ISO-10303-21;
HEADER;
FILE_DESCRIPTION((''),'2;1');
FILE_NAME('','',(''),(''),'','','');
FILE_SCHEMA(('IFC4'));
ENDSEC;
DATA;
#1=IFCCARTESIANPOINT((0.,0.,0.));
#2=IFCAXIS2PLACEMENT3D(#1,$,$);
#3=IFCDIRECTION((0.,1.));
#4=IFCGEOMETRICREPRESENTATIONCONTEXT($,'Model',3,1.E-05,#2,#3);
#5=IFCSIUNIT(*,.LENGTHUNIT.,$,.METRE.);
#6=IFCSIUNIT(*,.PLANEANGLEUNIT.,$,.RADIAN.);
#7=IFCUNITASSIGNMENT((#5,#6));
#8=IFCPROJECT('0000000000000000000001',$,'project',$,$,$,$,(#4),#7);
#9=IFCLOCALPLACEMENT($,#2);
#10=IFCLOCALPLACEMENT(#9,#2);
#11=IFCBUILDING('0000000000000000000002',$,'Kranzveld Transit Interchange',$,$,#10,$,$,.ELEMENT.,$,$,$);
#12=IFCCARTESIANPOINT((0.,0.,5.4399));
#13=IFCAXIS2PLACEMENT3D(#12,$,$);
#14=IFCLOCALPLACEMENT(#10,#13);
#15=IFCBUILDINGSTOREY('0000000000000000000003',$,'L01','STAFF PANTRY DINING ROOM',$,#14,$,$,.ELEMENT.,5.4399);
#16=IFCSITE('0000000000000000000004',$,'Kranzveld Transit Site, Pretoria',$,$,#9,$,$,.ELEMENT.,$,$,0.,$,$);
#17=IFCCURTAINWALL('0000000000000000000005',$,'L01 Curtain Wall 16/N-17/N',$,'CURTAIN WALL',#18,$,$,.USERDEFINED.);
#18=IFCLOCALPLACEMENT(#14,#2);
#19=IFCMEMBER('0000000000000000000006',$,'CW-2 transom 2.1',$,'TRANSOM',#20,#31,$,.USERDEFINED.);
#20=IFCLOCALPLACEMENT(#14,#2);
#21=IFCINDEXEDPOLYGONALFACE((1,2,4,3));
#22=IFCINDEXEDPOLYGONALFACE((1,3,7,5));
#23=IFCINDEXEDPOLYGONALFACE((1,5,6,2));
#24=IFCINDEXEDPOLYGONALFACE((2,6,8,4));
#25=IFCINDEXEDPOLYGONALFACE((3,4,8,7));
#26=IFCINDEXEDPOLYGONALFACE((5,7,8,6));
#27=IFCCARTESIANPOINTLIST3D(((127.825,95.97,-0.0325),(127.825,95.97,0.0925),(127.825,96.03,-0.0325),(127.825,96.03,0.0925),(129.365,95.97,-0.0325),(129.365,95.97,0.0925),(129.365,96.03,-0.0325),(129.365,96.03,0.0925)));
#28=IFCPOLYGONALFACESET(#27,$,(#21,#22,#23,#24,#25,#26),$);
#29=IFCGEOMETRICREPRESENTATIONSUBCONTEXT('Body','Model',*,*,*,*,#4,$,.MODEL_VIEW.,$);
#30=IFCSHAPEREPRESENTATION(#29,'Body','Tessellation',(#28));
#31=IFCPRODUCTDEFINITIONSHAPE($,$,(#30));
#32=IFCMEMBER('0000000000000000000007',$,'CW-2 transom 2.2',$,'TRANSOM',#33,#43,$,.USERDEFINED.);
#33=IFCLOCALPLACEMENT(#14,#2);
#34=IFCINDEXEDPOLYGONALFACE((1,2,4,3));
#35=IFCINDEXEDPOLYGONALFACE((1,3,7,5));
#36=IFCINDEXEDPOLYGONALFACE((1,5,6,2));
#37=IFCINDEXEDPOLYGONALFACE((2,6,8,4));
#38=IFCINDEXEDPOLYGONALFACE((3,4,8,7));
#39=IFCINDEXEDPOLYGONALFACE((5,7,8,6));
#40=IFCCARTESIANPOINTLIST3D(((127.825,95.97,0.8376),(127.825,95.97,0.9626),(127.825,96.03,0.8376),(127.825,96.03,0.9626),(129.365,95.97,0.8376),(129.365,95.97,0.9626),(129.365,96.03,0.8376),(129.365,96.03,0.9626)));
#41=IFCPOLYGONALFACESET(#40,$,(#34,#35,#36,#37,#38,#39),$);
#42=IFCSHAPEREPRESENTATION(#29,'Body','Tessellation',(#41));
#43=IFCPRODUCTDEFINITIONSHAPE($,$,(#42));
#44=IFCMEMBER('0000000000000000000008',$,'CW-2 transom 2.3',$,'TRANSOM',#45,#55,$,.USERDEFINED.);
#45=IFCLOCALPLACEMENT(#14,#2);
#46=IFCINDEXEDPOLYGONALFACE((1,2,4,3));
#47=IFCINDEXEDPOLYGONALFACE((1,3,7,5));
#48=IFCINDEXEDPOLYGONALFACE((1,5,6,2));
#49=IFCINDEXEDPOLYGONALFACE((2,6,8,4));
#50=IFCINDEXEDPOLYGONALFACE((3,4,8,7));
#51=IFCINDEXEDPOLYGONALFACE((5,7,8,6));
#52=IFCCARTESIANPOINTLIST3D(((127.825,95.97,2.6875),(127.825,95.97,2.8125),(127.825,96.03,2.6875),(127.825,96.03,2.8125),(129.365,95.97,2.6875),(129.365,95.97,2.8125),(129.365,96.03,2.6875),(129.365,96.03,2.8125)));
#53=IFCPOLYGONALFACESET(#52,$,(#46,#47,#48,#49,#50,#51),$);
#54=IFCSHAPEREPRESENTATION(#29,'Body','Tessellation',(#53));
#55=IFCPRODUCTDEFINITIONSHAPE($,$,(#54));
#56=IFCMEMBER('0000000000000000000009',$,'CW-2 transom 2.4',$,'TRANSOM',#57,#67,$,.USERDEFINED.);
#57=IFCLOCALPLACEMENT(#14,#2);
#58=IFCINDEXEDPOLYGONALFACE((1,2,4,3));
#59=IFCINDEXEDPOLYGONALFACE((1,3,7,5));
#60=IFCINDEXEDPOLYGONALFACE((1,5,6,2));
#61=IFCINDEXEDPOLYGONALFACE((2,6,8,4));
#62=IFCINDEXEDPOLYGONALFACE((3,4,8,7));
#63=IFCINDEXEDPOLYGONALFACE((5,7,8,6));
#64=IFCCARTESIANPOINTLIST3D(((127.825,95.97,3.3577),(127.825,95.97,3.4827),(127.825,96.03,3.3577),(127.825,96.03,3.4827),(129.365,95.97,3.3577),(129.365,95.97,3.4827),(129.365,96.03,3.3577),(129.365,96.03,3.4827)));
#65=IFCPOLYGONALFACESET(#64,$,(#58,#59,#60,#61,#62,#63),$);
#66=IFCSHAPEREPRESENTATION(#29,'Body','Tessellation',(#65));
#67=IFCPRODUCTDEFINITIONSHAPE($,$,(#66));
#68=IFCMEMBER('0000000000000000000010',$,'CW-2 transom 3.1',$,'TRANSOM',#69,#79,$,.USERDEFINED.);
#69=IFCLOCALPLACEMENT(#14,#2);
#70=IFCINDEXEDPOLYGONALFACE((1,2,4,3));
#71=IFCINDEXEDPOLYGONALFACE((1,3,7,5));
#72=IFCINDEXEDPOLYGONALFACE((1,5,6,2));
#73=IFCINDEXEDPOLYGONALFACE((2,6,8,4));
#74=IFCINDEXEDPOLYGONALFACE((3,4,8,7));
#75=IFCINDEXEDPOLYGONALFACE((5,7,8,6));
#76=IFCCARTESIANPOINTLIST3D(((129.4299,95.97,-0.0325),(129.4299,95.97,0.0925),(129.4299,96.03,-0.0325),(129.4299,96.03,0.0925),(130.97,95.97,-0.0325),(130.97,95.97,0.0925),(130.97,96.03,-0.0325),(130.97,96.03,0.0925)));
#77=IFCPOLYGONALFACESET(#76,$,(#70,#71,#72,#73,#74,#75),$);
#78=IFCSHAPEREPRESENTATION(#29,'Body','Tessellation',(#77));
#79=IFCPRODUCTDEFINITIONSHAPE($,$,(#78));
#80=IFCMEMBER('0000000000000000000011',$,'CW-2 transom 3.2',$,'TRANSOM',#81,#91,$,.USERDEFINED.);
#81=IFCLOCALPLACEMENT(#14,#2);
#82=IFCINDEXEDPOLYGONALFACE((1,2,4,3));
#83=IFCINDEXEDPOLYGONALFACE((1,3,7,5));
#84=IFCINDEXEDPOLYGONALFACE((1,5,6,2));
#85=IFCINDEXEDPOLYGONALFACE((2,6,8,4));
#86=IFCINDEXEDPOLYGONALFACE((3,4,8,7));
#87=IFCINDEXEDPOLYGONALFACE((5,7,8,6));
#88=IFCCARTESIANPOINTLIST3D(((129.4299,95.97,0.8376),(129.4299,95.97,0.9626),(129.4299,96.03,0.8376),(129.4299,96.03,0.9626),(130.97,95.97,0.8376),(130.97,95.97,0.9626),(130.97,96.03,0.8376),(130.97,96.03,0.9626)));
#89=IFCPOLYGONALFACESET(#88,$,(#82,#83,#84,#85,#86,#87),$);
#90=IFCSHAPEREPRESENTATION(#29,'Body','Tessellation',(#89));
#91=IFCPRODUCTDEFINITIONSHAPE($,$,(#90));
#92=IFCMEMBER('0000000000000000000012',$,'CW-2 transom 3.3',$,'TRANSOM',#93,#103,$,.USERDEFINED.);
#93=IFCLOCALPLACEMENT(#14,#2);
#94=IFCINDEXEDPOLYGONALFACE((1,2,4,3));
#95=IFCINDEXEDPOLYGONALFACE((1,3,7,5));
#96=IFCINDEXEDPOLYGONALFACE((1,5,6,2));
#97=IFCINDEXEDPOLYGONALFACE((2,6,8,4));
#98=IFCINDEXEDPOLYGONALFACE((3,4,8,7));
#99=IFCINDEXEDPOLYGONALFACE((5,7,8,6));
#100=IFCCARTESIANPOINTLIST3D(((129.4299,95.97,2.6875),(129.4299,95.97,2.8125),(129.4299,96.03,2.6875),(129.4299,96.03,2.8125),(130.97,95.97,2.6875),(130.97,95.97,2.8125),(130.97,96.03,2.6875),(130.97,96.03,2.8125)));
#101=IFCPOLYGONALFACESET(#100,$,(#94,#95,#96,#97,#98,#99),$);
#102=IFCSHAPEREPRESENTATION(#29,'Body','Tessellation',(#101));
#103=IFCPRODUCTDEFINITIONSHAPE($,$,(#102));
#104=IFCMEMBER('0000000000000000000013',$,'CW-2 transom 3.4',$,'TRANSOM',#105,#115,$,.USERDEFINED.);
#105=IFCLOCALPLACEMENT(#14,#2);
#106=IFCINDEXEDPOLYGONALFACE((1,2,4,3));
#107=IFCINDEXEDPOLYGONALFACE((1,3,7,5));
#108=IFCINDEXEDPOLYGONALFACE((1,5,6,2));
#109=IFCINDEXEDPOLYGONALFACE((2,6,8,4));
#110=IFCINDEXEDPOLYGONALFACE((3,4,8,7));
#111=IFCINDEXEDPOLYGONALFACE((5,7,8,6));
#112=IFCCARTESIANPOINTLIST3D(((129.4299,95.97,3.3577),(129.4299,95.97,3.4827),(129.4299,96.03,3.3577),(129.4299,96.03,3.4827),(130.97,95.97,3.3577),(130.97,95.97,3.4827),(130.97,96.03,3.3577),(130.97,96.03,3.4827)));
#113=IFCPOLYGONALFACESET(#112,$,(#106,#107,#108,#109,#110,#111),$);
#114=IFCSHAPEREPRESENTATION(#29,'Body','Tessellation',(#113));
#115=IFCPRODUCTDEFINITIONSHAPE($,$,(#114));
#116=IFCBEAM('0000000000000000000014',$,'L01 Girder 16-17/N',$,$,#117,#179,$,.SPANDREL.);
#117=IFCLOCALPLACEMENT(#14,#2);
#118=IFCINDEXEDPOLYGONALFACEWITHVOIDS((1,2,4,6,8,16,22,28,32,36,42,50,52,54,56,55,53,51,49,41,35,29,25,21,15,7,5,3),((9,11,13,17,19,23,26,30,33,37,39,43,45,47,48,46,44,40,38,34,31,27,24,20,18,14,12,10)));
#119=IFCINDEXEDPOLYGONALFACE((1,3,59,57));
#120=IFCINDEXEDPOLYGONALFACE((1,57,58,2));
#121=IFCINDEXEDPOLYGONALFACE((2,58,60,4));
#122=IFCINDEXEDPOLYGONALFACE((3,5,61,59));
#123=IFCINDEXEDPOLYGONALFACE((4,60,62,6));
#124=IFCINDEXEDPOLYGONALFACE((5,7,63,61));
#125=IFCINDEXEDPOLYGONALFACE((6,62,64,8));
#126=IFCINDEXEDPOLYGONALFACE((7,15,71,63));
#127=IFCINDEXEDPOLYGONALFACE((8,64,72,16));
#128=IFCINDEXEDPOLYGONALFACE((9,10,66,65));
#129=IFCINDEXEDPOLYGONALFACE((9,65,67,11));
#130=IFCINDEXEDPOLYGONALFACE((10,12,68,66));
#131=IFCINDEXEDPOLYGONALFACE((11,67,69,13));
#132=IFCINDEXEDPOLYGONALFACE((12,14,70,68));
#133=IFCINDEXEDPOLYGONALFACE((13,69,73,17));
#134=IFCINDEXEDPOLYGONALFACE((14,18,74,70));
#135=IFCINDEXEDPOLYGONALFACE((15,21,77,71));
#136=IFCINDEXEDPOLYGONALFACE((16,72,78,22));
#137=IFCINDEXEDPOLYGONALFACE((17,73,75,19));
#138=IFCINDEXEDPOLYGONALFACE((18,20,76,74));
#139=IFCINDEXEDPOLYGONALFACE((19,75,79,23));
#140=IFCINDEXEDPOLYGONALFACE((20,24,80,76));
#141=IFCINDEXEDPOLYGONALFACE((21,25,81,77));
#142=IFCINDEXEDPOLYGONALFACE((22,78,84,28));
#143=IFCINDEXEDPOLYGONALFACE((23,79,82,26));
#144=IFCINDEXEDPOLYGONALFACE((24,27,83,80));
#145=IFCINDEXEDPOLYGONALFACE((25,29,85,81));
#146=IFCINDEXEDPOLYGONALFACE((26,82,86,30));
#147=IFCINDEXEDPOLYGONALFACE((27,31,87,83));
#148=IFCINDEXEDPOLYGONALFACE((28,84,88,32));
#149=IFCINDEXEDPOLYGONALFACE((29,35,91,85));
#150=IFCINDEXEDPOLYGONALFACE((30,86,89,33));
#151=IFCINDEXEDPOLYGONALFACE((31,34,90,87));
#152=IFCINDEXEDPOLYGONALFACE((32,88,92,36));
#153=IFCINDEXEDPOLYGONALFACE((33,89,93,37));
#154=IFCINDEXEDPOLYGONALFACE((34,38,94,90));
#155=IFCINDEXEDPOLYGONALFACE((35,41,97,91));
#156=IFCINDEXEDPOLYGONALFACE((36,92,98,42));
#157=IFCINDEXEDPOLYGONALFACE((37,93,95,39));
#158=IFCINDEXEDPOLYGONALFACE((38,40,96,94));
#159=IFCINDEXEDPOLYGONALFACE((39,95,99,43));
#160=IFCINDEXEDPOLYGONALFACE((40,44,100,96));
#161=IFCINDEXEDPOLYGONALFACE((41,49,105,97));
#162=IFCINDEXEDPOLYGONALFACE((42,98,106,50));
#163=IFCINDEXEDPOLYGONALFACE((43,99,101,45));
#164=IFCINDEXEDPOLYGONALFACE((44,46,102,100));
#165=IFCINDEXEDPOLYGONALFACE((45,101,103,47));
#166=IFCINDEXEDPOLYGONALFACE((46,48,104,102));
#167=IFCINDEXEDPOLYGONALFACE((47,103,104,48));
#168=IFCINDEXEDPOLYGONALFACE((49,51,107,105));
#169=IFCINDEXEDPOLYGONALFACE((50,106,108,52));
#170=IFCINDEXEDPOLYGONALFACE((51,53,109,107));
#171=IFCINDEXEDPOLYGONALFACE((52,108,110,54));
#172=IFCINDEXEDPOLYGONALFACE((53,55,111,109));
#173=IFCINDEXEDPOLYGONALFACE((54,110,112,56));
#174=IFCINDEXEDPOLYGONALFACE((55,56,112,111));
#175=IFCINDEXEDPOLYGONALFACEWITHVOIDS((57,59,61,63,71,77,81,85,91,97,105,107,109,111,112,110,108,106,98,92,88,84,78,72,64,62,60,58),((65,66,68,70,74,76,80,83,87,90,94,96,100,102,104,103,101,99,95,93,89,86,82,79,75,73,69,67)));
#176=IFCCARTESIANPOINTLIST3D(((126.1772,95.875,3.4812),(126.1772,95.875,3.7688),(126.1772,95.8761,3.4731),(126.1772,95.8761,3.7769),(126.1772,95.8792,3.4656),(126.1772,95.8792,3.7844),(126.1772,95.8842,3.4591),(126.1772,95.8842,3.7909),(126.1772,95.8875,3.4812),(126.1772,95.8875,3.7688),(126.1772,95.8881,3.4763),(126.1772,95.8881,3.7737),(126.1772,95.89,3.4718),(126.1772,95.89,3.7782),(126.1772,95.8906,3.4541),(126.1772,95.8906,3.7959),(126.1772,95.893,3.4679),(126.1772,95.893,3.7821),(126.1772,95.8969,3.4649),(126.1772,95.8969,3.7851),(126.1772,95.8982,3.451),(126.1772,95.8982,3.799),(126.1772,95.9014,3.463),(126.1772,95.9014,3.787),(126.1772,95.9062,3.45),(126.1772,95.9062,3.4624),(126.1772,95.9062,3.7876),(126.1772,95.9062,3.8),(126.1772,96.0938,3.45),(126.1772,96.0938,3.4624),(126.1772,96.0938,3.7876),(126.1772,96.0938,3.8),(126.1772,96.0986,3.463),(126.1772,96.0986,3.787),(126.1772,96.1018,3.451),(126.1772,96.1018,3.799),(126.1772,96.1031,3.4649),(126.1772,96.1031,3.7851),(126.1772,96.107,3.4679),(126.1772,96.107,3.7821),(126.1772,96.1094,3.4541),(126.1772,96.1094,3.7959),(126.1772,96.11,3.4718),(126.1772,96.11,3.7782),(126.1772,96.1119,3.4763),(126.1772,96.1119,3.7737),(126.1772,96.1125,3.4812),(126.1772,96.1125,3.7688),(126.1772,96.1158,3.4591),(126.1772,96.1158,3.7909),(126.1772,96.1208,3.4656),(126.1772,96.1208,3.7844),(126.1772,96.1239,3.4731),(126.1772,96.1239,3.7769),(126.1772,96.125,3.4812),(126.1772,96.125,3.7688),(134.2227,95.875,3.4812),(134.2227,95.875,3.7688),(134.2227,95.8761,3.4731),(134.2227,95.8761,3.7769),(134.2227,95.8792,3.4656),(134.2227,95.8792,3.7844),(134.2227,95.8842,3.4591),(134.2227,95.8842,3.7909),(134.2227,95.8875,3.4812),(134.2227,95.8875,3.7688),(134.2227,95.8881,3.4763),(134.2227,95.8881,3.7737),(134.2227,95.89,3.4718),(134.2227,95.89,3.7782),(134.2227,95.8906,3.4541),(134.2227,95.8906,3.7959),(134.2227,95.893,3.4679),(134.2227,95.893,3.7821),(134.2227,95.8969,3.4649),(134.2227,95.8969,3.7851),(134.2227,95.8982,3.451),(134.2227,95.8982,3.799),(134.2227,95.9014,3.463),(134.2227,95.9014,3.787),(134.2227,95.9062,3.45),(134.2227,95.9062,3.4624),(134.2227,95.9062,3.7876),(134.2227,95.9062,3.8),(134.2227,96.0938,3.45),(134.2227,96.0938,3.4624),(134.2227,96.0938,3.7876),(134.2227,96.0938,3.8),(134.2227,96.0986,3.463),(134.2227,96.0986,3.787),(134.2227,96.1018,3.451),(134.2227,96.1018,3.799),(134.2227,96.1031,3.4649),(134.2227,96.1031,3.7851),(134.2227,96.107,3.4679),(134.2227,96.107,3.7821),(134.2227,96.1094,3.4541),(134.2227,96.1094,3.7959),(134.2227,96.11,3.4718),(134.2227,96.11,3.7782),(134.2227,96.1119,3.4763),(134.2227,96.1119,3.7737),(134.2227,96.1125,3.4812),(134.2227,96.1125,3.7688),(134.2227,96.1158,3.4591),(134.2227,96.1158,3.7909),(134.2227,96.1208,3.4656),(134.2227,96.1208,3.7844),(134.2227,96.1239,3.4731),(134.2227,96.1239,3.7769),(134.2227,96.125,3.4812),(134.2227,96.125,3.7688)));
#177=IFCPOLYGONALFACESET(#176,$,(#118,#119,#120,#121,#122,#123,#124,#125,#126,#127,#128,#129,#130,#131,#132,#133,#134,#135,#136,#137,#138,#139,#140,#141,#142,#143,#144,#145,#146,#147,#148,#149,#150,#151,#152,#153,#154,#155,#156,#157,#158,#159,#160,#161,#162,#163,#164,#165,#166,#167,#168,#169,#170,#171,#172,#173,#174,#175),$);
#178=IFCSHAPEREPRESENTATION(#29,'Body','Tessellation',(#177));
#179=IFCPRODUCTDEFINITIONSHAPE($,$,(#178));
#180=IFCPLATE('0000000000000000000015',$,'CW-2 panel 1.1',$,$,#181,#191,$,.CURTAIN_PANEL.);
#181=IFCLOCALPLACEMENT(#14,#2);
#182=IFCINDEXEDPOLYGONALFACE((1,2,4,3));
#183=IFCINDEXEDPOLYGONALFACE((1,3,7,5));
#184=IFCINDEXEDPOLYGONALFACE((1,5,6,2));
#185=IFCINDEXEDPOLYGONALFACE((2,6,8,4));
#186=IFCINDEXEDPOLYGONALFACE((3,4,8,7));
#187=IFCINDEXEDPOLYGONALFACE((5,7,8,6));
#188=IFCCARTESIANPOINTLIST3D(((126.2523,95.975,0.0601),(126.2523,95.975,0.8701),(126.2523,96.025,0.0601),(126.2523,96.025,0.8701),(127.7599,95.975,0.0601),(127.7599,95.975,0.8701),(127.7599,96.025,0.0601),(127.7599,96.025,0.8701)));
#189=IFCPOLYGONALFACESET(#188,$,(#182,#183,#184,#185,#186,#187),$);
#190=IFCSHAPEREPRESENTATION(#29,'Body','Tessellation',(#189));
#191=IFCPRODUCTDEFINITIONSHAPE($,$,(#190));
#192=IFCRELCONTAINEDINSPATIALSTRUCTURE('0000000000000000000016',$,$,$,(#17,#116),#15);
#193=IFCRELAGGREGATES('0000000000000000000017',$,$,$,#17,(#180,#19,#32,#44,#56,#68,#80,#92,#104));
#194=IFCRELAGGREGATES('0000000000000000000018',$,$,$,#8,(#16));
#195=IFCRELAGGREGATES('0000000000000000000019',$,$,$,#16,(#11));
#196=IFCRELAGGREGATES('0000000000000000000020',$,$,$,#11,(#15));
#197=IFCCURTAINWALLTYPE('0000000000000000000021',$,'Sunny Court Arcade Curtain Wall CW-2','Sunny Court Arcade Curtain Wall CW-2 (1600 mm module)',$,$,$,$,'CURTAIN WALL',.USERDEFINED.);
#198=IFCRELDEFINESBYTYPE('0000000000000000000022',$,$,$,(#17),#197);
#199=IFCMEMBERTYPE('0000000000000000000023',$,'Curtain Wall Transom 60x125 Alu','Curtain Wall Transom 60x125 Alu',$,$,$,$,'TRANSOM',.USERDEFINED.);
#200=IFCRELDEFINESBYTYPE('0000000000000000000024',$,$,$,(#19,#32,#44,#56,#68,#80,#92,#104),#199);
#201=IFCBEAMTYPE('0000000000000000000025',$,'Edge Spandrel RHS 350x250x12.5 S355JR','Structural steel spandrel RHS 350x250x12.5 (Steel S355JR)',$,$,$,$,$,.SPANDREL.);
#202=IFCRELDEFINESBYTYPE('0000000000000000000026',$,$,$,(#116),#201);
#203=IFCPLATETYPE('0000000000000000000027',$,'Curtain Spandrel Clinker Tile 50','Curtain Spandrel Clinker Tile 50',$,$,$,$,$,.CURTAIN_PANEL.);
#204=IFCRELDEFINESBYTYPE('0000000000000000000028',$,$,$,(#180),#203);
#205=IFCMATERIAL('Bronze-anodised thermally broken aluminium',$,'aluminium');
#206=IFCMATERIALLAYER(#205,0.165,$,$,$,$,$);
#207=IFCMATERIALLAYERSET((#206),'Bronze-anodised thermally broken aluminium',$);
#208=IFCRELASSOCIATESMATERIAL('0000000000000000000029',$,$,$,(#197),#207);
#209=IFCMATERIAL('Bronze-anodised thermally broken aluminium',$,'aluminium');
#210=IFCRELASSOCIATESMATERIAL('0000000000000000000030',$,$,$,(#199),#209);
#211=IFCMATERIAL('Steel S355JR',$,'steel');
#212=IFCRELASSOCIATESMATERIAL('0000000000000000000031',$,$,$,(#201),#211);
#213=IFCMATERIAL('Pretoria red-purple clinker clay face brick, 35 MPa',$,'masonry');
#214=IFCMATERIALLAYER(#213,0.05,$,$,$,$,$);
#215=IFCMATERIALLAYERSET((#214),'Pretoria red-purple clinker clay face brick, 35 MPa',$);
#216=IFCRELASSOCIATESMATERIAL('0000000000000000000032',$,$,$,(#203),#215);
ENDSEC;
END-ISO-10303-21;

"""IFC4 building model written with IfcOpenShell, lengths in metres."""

from ifc_helpers import new_model, si_unit, direction, frame, origin, origin_2d, place, context, subcontext, project, spatial, rectangle, hollow_rectangle, extrude, material, layer, layer_set, material_profile, profile_set, type_object, element, aggregate, save


model = new_model("IFC4")

# Units and contexts
model_context = context("Model", 3, precision=1e-05, world=origin(), true_north=direction((0.0, 1.0)))
body_context = subcontext(model_context, "Body", "Model", "MODEL_VIEW")
ifc_project = project(units=[si_unit("LENGTHUNIT", "METRE"), si_unit("PLANEANGLEUNIT", "RADIAN")], contexts=[model_context])

# Site, building, storey
site_placement = place(None, origin())
site = spatial("IfcSite", under=ifc_project, at=site_placement, Name="Kranzveld Transit Site, Pretoria", CompositionType="ELEMENT", RefElevation=0.0)
building_placement = place(site_placement, origin())
building = spatial("IfcBuilding", under=site, at=building_placement, Name="Kranzveld Transit Interchange", CompositionType="ELEMENT")
storey_placement = place(building_placement, frame((0.0, 0.0, 5.4399)))
storey = spatial("IfcBuildingStorey", under=building, at=storey_placement, Name="L01", Description="STAFF PANTRY DINING ROOM", CompositionType="ELEMENT", Elevation=5.4399)

# Curtain wall, members
ifc_material_1 = material(Name="Bronze-anodised thermally broken aluminium", Category="aluminium")
ifc_layer_1 = layer(ifc_material_1, 0.165)
ifc_layer_set_1 = layer_set([ifc_layer_1], Name="Bronze-anodised thermally broken aluminium")
curtain_wall_type = type_object("IfcCurtainWallType", Name="Sunny Court Arcade Curtain Wall CW-2", Description="Sunny Court Arcade Curtain Wall CW-2 (1600 mm module)", ElementType="CURTAIN WALL", PredefinedType="USERDEFINED", material=ifc_layer_set_1)
curtain_wall_placement = place(storey_placement, origin())
curtain_wall = element("IfcCurtainWall", 1, at=curtain_wall_placement, inside=storey, type_object=curtain_wall_type, Name="L01 Curtain Wall 16/N-17/N", ObjectType="CURTAIN WALL", PredefinedType="USERDEFINED")
ifc_material_2 = material(Name="Bronze-anodised thermally broken aluminium", Category="aluminium")
ifc_material_profile_1 = material_profile(ifc_material_2, rectangle(XDim=0.0601, YDim=0.125, at=origin_2d()), Name="ALU TRANSOM 60x125")
ifc_profile_set_1 = profile_set([ifc_material_profile_1], Name="Bronze-anodised thermally broken aluminium")
member_type_1 = type_object("IfcMemberType", Name="Curtain Wall Transom 60x125 Alu", Description="Curtain Wall Transom 60x125 Alu", ElementType="TRANSOM", PredefinedType="USERDEFINED", material=ifc_profile_set_1)
member_1_placement = place(storey_placement, frame((127.825, 96.0, 0.03), z_axis=(1.0, 0.0, 0.0), x_axis=(0.0, 1.0, 0.0)))
member_1 = element("IfcMember", 2, at=member_1_placement, type_object=member_type_1, Name="CW-2 transom 2.1", ObjectType="TRANSOM", PredefinedType="USERDEFINED", context=body_context, shape_type="SweptSolid", body=[
    extrude(rectangle(XDim=0.0601, YDim=0.125, at=origin_2d()), origin(), (0.0, 0.0, 1.0), 1.54),
])
member_2_placement = place(storey_placement, frame((127.825, 96.0, 0.9001), z_axis=(1.0, 0.0, 0.0), x_axis=(0.0, 1.0, 0.0)))
member_2 = element("IfcMember", 3, at=member_2_placement, type_object=member_type_1, Name="CW-2 transom 2.2", ObjectType="TRANSOM", PredefinedType="USERDEFINED", context=body_context, shape_type="SweptSolid", body=[
    extrude(rectangle(XDim=0.0601, YDim=0.125, at=origin_2d()), origin(), (0.0, 0.0, 1.0), 1.54),
])
member_3_placement = place(storey_placement, frame((127.825, 96.0, 2.75), z_axis=(1.0, 0.0, 0.0), x_axis=(0.0, 1.0, 0.0)))
member_3 = element("IfcMember", 4, at=member_3_placement, type_object=member_type_1, Name="CW-2 transom 2.3", ObjectType="TRANSOM", PredefinedType="USERDEFINED", context=body_context, shape_type="SweptSolid", body=[
    extrude(rectangle(XDim=0.0601, YDim=0.125, at=origin_2d()), origin(), (0.0, 0.0, 1.0), 1.54),
])
member_4_placement = place(storey_placement, frame((127.825, 96.0, 3.4202), z_axis=(1.0, 0.0, 0.0), x_axis=(0.0, 1.0, 0.0)))
member_4 = element("IfcMember", 5, at=member_4_placement, type_object=member_type_1, Name="CW-2 transom 2.4", ObjectType="TRANSOM", PredefinedType="USERDEFINED", context=body_context, shape_type="SweptSolid", body=[
    extrude(rectangle(XDim=0.0601, YDim=0.125, at=origin_2d()), origin(), (0.0, 0.0, 1.0), 1.54),
])
member_5_placement = place(storey_placement, frame((129.4299, 96.0, 0.03), z_axis=(1.0, 0.0, 0.0), x_axis=(0.0, 1.0, 0.0)))
member_5 = element("IfcMember", 6, at=member_5_placement, type_object=member_type_1, Name="CW-2 transom 3.1", ObjectType="TRANSOM", PredefinedType="USERDEFINED", context=body_context, shape_type="SweptSolid", body=[
    extrude(rectangle(XDim=0.0601, YDim=0.125, at=origin_2d()), origin(), (0.0, 0.0, 1.0), 1.54),
])
member_6_placement = place(storey_placement, frame((129.4299, 96.0, 0.9001), z_axis=(1.0, 0.0, 0.0), x_axis=(0.0, 1.0, 0.0)))
member_6 = element("IfcMember", 7, at=member_6_placement, type_object=member_type_1, Name="CW-2 transom 3.2", ObjectType="TRANSOM", PredefinedType="USERDEFINED", context=body_context, shape_type="SweptSolid", body=[
    extrude(rectangle(XDim=0.0601, YDim=0.125, at=origin_2d()), origin(), (0.0, 0.0, 1.0), 1.54),
])
member_7_placement = place(storey_placement, frame((129.4299, 96.0, 2.75), z_axis=(1.0, 0.0, 0.0), x_axis=(0.0, 1.0, 0.0)))
member_7 = element("IfcMember", 8, at=member_7_placement, type_object=member_type_1, Name="CW-2 transom 3.3", ObjectType="TRANSOM", PredefinedType="USERDEFINED", context=body_context, shape_type="SweptSolid", body=[
    extrude(rectangle(XDim=0.0601, YDim=0.125, at=origin_2d()), origin(), (0.0, 0.0, 1.0), 1.54),
])
member_8_placement = place(storey_placement, frame((129.4299, 96.0, 3.4202), z_axis=(1.0, 0.0, 0.0), x_axis=(0.0, 1.0, 0.0)))
member_8 = element("IfcMember", 9, at=member_8_placement, type_object=member_type_1, Name="CW-2 transom 3.4", ObjectType="TRANSOM", PredefinedType="USERDEFINED", context=body_context, shape_type="SweptSolid", body=[
    extrude(rectangle(XDim=0.0601, YDim=0.125, at=origin_2d()), origin(), (0.0, 0.0, 1.0), 1.54),
])

# Beam
ifc_material_3 = material(Name="Steel S355JR", Category="steel")
ifc_material_profile_2 = material_profile(ifc_material_3, hollow_rectangle(XDim=0.25, YDim=0.3501, WallThickness=0.0125, InnerFilletRadius=0.0188, OuterFilletRadius=0.0312, at=origin_2d()), Name="RHS 350x250x12.5")
ifc_profile_set_2 = profile_set([ifc_material_profile_2], Name="Steel S355JR")
beam_type_1 = type_object("IfcBeamType", Name="Edge Spandrel RHS 350x250x12.5 S355JR", Description="Structural steel spandrel RHS 350x250x12.5 (Steel S355JR)", PredefinedType="SPANDREL", material=ifc_profile_set_2)
beam_1_placement = place(storey_placement, frame((126.1772, 96.0, 3.625), z_axis=(1.0, 0.0, 0.0), x_axis=(0.0, 1.0, 0.0)))
element("IfcBeam", 10, at=beam_1_placement, inside=storey, type_object=beam_type_1, Name="L01 Girder 16-17/N", PredefinedType="SPANDREL", context=body_context, shape_type="SweptSolid", body=[
    extrude(hollow_rectangle(XDim=0.25, YDim=0.3501, WallThickness=0.0125, InnerFilletRadius=0.0188, OuterFilletRadius=0.0312, at=origin_2d()), origin(), (0.0, 0.0, 1.0), 8.0454),
])

# Plate
ifc_material_4 = material(Name="Pretoria red-purple clinker clay face brick, 35 MPa", Category="masonry")
ifc_layer_2 = layer(ifc_material_4, 0.05)
ifc_layer_set_2 = layer_set([ifc_layer_2], Name="Pretoria red-purple clinker clay face brick, 35 MPa")
plate_type = type_object("IfcPlateType", Name="Curtain Spandrel Clinker Tile 50", Description="Curtain Spandrel Clinker Tile 50", PredefinedType="CURTAIN_PANEL", material=ifc_layer_set_2)
plate_1_placement = place(storey_placement, frame((127.0061, 96.0, 0.0601), z_axis=(0.0, 0.0, 1.0), x_axis=(1.0, 0.0, 0.0)))
plate_1 = element("IfcPlate", 11, at=plate_1_placement, type_object=plate_type, Name="CW-2 panel 1.1", PredefinedType="CURTAIN_PANEL", context=body_context, shape_type="SweptSolid", body=[
    extrude(rectangle(XDim=1.5076, YDim=0.05, at=origin_2d()), origin(), (0.0, 0.0, 1.0), 0.8101),
])
aggregate(curtain_wall, [plate_1, member_1, member_2, member_3, member_4, member_5, member_6, member_7, member_8])

save(model, "model.ifc")
